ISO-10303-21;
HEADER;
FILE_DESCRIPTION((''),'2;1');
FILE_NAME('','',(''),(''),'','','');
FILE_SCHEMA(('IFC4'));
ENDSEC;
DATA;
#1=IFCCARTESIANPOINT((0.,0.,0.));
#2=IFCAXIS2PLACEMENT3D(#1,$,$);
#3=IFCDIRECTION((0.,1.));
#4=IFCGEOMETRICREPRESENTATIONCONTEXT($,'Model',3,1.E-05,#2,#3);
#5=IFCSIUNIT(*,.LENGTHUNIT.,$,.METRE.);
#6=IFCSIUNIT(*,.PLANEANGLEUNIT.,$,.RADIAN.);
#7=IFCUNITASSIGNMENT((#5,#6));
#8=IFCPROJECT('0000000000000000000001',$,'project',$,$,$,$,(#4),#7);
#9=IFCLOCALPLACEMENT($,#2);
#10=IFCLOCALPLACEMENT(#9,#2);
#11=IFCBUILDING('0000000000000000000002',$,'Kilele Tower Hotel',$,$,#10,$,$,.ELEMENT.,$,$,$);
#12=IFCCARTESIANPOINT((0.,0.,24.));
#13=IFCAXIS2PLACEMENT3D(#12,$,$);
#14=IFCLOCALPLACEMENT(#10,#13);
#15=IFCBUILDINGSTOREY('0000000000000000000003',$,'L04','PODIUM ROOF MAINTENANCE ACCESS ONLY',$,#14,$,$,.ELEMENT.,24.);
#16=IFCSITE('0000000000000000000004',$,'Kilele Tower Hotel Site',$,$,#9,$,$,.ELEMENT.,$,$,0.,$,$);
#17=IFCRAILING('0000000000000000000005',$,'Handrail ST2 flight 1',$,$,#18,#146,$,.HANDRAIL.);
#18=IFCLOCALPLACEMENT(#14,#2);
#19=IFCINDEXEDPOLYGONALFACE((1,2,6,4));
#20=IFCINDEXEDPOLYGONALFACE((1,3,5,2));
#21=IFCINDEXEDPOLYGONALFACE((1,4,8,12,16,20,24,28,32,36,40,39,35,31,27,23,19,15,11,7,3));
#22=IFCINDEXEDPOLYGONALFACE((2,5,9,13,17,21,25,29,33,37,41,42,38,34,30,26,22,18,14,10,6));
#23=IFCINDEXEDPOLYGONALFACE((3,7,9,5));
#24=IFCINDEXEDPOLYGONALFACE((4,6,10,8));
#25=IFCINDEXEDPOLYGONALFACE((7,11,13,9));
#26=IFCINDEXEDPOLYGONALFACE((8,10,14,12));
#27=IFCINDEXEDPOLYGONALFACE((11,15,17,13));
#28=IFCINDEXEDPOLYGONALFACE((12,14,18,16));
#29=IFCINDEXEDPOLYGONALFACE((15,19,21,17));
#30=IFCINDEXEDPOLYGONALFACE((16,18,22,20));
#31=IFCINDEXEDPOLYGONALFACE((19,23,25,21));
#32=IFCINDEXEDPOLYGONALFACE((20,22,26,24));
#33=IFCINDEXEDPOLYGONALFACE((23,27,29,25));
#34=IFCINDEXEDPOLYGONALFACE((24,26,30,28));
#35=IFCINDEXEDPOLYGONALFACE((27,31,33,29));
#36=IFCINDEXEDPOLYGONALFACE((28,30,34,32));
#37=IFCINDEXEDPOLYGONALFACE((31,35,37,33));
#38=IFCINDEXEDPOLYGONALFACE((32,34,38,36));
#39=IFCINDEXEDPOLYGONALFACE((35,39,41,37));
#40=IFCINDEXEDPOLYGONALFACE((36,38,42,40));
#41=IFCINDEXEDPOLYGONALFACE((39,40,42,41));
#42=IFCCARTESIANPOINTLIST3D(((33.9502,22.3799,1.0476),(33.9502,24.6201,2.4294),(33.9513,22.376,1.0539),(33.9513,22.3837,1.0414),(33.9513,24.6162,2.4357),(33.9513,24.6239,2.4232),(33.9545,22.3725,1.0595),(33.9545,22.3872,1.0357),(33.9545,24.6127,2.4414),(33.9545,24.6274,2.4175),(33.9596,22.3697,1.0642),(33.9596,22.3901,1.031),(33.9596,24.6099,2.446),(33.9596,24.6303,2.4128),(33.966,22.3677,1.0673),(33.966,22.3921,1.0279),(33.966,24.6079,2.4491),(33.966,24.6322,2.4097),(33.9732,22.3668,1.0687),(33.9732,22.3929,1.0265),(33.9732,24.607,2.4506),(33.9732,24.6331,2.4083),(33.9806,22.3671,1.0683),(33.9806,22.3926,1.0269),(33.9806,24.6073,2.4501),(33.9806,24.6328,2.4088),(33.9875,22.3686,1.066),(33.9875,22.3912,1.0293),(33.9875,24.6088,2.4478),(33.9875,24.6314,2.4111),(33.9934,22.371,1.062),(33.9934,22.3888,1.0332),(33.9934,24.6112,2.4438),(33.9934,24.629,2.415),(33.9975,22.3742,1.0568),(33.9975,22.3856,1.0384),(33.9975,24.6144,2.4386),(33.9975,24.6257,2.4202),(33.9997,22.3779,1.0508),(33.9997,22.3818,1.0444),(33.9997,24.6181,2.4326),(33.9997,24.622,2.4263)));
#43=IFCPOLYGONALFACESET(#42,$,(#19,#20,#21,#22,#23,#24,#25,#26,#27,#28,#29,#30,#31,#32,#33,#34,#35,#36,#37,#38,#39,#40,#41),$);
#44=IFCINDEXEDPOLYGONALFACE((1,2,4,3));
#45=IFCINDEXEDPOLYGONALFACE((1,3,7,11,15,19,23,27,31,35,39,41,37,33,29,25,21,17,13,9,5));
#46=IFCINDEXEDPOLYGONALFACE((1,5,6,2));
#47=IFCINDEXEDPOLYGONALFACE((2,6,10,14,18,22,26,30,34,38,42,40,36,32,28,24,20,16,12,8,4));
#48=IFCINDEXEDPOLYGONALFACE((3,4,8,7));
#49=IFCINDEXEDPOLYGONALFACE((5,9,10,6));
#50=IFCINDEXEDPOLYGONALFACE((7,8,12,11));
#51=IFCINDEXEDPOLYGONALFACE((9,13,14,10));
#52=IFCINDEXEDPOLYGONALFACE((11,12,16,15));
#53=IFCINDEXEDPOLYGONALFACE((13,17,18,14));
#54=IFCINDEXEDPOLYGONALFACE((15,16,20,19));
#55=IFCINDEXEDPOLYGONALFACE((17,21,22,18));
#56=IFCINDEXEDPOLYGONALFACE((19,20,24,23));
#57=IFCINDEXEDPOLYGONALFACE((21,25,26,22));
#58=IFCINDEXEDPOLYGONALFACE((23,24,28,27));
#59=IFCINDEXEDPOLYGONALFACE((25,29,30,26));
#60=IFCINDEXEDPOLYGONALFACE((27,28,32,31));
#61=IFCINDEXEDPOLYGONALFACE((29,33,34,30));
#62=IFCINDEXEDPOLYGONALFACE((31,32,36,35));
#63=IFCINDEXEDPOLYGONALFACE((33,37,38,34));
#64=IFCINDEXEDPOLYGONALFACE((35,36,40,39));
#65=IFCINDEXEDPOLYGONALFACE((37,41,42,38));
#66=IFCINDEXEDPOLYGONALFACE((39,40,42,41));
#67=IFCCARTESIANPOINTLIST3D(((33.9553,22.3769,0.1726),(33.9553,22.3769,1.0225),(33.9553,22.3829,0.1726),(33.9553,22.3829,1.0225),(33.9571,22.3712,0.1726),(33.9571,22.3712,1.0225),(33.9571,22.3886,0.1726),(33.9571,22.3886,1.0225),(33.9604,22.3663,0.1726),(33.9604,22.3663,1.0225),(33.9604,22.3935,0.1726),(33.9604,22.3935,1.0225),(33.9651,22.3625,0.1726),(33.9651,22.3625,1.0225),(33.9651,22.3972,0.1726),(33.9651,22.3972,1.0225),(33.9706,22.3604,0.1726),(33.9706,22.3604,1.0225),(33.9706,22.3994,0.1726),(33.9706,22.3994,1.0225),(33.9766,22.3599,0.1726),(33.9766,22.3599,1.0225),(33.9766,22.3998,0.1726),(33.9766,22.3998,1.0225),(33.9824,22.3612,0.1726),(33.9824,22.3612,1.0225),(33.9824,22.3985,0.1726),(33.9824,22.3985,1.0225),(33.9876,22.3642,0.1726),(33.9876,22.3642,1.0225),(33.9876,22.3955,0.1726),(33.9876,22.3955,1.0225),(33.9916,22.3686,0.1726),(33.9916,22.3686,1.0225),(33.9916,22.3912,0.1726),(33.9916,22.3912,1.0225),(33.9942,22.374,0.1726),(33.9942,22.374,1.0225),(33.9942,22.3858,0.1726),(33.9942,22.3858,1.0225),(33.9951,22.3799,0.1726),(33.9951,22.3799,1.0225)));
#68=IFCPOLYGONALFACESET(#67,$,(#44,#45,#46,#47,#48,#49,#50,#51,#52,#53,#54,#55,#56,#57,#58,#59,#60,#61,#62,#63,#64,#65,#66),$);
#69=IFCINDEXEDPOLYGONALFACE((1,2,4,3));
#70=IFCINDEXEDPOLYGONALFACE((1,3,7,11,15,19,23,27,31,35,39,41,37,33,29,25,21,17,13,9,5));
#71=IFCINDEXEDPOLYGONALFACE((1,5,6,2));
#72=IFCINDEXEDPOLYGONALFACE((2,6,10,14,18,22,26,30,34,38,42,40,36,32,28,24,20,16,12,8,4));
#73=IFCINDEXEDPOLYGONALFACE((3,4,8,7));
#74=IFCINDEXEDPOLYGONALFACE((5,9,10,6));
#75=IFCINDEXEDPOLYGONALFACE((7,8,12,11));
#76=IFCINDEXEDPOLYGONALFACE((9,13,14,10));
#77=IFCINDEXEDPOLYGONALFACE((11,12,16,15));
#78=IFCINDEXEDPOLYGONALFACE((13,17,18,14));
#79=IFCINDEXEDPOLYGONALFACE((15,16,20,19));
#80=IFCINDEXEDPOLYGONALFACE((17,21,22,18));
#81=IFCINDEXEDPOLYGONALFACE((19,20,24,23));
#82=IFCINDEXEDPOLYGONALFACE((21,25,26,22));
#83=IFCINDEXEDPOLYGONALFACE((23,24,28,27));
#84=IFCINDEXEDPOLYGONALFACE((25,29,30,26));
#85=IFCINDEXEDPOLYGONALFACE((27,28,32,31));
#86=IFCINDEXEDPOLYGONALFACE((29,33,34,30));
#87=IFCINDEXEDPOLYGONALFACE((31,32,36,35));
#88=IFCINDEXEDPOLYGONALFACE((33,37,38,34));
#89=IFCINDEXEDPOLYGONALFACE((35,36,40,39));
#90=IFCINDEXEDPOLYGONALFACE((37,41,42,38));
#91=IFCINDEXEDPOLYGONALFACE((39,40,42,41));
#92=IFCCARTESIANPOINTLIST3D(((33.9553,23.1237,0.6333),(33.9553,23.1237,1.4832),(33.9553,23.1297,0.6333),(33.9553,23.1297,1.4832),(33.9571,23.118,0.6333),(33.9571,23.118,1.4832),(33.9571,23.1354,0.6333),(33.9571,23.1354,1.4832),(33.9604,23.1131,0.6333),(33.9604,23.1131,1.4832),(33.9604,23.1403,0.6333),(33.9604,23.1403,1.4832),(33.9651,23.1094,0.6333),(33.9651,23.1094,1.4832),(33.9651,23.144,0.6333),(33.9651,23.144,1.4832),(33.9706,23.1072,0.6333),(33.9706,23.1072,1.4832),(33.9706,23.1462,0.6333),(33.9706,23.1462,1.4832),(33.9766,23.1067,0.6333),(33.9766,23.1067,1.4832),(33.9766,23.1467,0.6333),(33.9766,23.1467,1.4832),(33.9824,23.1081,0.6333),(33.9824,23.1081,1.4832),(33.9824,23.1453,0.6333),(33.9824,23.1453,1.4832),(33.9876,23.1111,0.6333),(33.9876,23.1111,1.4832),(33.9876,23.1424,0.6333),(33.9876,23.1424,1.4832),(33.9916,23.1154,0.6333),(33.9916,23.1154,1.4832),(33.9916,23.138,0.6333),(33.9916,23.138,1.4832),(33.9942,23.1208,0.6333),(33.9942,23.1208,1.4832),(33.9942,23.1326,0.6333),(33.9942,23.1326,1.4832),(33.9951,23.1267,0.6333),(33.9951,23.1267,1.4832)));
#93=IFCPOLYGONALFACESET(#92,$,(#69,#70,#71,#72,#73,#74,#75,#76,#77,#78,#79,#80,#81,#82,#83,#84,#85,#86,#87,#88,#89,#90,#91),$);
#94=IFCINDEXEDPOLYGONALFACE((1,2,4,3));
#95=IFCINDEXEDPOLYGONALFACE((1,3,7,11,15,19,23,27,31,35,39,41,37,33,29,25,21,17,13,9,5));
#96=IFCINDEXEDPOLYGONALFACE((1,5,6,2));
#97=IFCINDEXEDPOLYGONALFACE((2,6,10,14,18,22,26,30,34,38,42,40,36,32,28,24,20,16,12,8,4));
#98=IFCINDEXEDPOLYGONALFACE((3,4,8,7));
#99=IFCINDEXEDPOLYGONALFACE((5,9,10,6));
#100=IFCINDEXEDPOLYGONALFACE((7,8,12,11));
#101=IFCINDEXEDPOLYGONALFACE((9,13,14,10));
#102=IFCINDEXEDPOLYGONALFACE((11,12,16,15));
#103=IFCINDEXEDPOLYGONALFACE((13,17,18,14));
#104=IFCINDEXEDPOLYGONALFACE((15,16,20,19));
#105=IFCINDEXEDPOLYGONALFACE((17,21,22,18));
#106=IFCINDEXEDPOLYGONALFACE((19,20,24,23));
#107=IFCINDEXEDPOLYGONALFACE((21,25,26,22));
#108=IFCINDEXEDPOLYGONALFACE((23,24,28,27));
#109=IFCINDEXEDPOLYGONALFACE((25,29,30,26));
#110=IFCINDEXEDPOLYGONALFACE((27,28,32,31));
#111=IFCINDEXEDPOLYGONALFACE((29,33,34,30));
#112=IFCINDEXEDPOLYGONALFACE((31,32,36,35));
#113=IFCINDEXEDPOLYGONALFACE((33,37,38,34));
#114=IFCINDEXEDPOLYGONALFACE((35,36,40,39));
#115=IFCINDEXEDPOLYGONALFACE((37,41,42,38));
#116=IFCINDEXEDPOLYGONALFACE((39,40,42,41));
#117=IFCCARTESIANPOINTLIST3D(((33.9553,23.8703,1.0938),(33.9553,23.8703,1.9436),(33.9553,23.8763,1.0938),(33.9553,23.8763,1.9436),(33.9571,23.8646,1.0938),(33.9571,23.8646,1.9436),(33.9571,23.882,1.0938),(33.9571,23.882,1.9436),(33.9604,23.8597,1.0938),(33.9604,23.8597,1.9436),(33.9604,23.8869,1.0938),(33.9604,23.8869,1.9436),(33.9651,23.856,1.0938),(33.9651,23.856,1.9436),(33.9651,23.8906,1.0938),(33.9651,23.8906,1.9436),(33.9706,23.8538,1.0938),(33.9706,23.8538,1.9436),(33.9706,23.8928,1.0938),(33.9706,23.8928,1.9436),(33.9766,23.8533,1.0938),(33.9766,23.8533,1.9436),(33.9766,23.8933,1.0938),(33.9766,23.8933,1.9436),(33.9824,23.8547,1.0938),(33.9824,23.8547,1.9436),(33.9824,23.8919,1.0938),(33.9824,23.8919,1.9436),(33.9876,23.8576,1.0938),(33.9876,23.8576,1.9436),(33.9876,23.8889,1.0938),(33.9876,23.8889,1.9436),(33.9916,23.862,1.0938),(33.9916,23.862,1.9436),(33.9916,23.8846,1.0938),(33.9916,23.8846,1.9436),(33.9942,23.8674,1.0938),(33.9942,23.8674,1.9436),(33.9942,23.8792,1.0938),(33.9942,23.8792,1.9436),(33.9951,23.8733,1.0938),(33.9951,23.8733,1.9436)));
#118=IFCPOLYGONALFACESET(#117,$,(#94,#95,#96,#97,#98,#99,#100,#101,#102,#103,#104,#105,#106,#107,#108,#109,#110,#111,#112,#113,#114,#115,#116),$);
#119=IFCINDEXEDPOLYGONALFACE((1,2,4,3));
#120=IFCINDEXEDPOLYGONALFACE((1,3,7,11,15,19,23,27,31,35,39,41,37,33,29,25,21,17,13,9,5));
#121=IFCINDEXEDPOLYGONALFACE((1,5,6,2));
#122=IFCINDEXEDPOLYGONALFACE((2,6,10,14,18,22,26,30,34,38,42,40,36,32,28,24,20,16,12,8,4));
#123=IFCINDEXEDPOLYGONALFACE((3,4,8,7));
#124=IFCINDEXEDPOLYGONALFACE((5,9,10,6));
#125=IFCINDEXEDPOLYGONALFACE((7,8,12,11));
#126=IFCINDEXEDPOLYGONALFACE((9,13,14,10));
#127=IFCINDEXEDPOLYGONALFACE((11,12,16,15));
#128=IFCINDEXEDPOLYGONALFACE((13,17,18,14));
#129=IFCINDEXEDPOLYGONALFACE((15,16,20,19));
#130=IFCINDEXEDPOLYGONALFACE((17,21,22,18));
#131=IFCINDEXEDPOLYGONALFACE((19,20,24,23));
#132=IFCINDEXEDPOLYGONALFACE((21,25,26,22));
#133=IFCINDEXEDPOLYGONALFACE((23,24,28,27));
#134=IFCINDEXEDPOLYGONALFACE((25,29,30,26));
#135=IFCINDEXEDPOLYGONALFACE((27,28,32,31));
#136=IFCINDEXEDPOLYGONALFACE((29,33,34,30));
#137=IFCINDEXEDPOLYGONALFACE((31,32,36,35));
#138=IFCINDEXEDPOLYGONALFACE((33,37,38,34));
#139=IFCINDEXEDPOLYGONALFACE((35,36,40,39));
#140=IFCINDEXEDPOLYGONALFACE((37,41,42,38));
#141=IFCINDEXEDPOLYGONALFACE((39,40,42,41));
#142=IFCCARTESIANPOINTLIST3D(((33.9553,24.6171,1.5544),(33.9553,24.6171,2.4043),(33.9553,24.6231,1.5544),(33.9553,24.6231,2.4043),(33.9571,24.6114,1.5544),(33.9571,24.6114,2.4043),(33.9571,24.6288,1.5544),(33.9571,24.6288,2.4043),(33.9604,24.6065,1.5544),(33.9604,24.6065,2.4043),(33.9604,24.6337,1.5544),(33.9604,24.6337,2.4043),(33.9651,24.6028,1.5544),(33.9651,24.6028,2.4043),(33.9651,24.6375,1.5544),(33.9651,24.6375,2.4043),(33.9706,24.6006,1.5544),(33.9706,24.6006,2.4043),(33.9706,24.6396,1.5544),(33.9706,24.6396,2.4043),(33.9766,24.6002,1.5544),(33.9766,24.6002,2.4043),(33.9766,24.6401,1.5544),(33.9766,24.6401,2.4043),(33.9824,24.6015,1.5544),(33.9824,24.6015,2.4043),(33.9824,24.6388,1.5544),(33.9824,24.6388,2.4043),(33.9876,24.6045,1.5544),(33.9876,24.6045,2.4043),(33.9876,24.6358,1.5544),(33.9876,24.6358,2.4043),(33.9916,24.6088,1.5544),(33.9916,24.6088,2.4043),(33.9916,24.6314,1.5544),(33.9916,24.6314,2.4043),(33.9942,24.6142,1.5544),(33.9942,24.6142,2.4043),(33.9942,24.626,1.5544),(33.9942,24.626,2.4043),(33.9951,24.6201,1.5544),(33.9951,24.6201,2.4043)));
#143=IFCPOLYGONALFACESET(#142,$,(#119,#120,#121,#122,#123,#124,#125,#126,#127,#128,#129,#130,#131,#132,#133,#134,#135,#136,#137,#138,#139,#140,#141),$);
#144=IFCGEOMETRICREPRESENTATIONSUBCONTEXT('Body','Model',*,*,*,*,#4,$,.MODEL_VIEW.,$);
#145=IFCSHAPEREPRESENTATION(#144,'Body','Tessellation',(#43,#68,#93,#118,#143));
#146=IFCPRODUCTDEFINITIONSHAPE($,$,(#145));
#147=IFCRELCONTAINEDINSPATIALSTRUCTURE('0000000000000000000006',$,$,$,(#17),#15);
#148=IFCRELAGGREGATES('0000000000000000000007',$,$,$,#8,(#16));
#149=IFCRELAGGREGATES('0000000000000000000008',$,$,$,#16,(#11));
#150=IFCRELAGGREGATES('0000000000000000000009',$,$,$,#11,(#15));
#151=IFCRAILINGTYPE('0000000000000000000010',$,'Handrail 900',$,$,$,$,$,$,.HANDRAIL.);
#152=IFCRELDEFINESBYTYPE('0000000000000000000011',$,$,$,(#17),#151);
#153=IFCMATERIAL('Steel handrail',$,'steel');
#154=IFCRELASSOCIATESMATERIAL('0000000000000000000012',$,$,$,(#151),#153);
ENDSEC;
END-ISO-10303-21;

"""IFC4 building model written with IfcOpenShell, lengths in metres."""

from ifc_helpers import new_model, si_unit, direction, frame, origin, origin_2d, place, context, subcontext, project, spatial, circle, extrude, material, type_object, element, save


model = new_model("IFC4")

# Units and contexts
model_context = context("Model", 3, precision=1e-05, world=origin(), true_north=direction((0.0, 1.0)))
body_context = subcontext(model_context, "Body", "Model", "MODEL_VIEW")
ifc_project = project(units=[si_unit("LENGTHUNIT", "METRE"), si_unit("PLANEANGLEUNIT", "RADIAN")], contexts=[model_context])

# Site, building, storey
site_placement = place(None, origin())
site = spatial("IfcSite", under=ifc_project, at=site_placement, Name="Kilele Tower Hotel Site", CompositionType="ELEMENT", RefElevation=0.0)
building_placement = place(site_placement, origin())
building = spatial("IfcBuilding", under=site, at=building_placement, Name="Kilele Tower Hotel", CompositionType="ELEMENT")
storey_placement = place(building_placement, frame((0.0, 0.0, 24.0)))
storey = spatial("IfcBuildingStorey", under=building, at=storey_placement, Name="L04", Description="PODIUM ROOF MAINTENANCE ACCESS ONLY", CompositionType="ELEMENT", Elevation=24.0)

# Railing
ifc_material_1 = material(Name="Steel handrail", Category="steel")
railing_type_1 = type_object("IfcRailingType", Name="Handrail 900", PredefinedType="HANDRAIL", material=ifc_material_1)
for number, where, name in (
    (1, (33.9751, 22.3799, 0.1726), "Handrail ST2 flight 1"),
):
    element("IfcRailing", number, at=place(storey_placement, frame(where)), inside=storey, type_object=railing_type_1, Name=name, PredefinedType="HANDRAIL", context=body_context, shape_type="SweptSolid", body=[
        extrude(circle(Radius=0.0249, at=origin_2d()), frame((0.0, 0.0, 0.875), z_axis=(0.0, 0.85111, 0.524987), x_axis=(-1.0, 0.0, 0.0)), (0.0, 0.0, 1.0), 2.6321),
        extrude(circle(Radius=0.02, at=origin_2d()), origin(), (0.0, 0.0, 1.0), 0.8499),
        extrude(circle(Radius=0.02, at=origin_2d()), frame((0.0, 0.7468, 0.4607)), (0.0, 0.0, 1.0), 0.8499),
        extrude(circle(Radius=0.02, at=origin_2d()), frame((0.0, 1.4934, 0.9211)), (0.0, 0.0, 1.0), 0.8499),
        extrude(circle(Radius=0.02, at=origin_2d()), frame((0.0, 2.2402, 1.3818)), (0.0, 0.0, 1.0), 0.8499),
    ])

save(model, "model.ifc")
